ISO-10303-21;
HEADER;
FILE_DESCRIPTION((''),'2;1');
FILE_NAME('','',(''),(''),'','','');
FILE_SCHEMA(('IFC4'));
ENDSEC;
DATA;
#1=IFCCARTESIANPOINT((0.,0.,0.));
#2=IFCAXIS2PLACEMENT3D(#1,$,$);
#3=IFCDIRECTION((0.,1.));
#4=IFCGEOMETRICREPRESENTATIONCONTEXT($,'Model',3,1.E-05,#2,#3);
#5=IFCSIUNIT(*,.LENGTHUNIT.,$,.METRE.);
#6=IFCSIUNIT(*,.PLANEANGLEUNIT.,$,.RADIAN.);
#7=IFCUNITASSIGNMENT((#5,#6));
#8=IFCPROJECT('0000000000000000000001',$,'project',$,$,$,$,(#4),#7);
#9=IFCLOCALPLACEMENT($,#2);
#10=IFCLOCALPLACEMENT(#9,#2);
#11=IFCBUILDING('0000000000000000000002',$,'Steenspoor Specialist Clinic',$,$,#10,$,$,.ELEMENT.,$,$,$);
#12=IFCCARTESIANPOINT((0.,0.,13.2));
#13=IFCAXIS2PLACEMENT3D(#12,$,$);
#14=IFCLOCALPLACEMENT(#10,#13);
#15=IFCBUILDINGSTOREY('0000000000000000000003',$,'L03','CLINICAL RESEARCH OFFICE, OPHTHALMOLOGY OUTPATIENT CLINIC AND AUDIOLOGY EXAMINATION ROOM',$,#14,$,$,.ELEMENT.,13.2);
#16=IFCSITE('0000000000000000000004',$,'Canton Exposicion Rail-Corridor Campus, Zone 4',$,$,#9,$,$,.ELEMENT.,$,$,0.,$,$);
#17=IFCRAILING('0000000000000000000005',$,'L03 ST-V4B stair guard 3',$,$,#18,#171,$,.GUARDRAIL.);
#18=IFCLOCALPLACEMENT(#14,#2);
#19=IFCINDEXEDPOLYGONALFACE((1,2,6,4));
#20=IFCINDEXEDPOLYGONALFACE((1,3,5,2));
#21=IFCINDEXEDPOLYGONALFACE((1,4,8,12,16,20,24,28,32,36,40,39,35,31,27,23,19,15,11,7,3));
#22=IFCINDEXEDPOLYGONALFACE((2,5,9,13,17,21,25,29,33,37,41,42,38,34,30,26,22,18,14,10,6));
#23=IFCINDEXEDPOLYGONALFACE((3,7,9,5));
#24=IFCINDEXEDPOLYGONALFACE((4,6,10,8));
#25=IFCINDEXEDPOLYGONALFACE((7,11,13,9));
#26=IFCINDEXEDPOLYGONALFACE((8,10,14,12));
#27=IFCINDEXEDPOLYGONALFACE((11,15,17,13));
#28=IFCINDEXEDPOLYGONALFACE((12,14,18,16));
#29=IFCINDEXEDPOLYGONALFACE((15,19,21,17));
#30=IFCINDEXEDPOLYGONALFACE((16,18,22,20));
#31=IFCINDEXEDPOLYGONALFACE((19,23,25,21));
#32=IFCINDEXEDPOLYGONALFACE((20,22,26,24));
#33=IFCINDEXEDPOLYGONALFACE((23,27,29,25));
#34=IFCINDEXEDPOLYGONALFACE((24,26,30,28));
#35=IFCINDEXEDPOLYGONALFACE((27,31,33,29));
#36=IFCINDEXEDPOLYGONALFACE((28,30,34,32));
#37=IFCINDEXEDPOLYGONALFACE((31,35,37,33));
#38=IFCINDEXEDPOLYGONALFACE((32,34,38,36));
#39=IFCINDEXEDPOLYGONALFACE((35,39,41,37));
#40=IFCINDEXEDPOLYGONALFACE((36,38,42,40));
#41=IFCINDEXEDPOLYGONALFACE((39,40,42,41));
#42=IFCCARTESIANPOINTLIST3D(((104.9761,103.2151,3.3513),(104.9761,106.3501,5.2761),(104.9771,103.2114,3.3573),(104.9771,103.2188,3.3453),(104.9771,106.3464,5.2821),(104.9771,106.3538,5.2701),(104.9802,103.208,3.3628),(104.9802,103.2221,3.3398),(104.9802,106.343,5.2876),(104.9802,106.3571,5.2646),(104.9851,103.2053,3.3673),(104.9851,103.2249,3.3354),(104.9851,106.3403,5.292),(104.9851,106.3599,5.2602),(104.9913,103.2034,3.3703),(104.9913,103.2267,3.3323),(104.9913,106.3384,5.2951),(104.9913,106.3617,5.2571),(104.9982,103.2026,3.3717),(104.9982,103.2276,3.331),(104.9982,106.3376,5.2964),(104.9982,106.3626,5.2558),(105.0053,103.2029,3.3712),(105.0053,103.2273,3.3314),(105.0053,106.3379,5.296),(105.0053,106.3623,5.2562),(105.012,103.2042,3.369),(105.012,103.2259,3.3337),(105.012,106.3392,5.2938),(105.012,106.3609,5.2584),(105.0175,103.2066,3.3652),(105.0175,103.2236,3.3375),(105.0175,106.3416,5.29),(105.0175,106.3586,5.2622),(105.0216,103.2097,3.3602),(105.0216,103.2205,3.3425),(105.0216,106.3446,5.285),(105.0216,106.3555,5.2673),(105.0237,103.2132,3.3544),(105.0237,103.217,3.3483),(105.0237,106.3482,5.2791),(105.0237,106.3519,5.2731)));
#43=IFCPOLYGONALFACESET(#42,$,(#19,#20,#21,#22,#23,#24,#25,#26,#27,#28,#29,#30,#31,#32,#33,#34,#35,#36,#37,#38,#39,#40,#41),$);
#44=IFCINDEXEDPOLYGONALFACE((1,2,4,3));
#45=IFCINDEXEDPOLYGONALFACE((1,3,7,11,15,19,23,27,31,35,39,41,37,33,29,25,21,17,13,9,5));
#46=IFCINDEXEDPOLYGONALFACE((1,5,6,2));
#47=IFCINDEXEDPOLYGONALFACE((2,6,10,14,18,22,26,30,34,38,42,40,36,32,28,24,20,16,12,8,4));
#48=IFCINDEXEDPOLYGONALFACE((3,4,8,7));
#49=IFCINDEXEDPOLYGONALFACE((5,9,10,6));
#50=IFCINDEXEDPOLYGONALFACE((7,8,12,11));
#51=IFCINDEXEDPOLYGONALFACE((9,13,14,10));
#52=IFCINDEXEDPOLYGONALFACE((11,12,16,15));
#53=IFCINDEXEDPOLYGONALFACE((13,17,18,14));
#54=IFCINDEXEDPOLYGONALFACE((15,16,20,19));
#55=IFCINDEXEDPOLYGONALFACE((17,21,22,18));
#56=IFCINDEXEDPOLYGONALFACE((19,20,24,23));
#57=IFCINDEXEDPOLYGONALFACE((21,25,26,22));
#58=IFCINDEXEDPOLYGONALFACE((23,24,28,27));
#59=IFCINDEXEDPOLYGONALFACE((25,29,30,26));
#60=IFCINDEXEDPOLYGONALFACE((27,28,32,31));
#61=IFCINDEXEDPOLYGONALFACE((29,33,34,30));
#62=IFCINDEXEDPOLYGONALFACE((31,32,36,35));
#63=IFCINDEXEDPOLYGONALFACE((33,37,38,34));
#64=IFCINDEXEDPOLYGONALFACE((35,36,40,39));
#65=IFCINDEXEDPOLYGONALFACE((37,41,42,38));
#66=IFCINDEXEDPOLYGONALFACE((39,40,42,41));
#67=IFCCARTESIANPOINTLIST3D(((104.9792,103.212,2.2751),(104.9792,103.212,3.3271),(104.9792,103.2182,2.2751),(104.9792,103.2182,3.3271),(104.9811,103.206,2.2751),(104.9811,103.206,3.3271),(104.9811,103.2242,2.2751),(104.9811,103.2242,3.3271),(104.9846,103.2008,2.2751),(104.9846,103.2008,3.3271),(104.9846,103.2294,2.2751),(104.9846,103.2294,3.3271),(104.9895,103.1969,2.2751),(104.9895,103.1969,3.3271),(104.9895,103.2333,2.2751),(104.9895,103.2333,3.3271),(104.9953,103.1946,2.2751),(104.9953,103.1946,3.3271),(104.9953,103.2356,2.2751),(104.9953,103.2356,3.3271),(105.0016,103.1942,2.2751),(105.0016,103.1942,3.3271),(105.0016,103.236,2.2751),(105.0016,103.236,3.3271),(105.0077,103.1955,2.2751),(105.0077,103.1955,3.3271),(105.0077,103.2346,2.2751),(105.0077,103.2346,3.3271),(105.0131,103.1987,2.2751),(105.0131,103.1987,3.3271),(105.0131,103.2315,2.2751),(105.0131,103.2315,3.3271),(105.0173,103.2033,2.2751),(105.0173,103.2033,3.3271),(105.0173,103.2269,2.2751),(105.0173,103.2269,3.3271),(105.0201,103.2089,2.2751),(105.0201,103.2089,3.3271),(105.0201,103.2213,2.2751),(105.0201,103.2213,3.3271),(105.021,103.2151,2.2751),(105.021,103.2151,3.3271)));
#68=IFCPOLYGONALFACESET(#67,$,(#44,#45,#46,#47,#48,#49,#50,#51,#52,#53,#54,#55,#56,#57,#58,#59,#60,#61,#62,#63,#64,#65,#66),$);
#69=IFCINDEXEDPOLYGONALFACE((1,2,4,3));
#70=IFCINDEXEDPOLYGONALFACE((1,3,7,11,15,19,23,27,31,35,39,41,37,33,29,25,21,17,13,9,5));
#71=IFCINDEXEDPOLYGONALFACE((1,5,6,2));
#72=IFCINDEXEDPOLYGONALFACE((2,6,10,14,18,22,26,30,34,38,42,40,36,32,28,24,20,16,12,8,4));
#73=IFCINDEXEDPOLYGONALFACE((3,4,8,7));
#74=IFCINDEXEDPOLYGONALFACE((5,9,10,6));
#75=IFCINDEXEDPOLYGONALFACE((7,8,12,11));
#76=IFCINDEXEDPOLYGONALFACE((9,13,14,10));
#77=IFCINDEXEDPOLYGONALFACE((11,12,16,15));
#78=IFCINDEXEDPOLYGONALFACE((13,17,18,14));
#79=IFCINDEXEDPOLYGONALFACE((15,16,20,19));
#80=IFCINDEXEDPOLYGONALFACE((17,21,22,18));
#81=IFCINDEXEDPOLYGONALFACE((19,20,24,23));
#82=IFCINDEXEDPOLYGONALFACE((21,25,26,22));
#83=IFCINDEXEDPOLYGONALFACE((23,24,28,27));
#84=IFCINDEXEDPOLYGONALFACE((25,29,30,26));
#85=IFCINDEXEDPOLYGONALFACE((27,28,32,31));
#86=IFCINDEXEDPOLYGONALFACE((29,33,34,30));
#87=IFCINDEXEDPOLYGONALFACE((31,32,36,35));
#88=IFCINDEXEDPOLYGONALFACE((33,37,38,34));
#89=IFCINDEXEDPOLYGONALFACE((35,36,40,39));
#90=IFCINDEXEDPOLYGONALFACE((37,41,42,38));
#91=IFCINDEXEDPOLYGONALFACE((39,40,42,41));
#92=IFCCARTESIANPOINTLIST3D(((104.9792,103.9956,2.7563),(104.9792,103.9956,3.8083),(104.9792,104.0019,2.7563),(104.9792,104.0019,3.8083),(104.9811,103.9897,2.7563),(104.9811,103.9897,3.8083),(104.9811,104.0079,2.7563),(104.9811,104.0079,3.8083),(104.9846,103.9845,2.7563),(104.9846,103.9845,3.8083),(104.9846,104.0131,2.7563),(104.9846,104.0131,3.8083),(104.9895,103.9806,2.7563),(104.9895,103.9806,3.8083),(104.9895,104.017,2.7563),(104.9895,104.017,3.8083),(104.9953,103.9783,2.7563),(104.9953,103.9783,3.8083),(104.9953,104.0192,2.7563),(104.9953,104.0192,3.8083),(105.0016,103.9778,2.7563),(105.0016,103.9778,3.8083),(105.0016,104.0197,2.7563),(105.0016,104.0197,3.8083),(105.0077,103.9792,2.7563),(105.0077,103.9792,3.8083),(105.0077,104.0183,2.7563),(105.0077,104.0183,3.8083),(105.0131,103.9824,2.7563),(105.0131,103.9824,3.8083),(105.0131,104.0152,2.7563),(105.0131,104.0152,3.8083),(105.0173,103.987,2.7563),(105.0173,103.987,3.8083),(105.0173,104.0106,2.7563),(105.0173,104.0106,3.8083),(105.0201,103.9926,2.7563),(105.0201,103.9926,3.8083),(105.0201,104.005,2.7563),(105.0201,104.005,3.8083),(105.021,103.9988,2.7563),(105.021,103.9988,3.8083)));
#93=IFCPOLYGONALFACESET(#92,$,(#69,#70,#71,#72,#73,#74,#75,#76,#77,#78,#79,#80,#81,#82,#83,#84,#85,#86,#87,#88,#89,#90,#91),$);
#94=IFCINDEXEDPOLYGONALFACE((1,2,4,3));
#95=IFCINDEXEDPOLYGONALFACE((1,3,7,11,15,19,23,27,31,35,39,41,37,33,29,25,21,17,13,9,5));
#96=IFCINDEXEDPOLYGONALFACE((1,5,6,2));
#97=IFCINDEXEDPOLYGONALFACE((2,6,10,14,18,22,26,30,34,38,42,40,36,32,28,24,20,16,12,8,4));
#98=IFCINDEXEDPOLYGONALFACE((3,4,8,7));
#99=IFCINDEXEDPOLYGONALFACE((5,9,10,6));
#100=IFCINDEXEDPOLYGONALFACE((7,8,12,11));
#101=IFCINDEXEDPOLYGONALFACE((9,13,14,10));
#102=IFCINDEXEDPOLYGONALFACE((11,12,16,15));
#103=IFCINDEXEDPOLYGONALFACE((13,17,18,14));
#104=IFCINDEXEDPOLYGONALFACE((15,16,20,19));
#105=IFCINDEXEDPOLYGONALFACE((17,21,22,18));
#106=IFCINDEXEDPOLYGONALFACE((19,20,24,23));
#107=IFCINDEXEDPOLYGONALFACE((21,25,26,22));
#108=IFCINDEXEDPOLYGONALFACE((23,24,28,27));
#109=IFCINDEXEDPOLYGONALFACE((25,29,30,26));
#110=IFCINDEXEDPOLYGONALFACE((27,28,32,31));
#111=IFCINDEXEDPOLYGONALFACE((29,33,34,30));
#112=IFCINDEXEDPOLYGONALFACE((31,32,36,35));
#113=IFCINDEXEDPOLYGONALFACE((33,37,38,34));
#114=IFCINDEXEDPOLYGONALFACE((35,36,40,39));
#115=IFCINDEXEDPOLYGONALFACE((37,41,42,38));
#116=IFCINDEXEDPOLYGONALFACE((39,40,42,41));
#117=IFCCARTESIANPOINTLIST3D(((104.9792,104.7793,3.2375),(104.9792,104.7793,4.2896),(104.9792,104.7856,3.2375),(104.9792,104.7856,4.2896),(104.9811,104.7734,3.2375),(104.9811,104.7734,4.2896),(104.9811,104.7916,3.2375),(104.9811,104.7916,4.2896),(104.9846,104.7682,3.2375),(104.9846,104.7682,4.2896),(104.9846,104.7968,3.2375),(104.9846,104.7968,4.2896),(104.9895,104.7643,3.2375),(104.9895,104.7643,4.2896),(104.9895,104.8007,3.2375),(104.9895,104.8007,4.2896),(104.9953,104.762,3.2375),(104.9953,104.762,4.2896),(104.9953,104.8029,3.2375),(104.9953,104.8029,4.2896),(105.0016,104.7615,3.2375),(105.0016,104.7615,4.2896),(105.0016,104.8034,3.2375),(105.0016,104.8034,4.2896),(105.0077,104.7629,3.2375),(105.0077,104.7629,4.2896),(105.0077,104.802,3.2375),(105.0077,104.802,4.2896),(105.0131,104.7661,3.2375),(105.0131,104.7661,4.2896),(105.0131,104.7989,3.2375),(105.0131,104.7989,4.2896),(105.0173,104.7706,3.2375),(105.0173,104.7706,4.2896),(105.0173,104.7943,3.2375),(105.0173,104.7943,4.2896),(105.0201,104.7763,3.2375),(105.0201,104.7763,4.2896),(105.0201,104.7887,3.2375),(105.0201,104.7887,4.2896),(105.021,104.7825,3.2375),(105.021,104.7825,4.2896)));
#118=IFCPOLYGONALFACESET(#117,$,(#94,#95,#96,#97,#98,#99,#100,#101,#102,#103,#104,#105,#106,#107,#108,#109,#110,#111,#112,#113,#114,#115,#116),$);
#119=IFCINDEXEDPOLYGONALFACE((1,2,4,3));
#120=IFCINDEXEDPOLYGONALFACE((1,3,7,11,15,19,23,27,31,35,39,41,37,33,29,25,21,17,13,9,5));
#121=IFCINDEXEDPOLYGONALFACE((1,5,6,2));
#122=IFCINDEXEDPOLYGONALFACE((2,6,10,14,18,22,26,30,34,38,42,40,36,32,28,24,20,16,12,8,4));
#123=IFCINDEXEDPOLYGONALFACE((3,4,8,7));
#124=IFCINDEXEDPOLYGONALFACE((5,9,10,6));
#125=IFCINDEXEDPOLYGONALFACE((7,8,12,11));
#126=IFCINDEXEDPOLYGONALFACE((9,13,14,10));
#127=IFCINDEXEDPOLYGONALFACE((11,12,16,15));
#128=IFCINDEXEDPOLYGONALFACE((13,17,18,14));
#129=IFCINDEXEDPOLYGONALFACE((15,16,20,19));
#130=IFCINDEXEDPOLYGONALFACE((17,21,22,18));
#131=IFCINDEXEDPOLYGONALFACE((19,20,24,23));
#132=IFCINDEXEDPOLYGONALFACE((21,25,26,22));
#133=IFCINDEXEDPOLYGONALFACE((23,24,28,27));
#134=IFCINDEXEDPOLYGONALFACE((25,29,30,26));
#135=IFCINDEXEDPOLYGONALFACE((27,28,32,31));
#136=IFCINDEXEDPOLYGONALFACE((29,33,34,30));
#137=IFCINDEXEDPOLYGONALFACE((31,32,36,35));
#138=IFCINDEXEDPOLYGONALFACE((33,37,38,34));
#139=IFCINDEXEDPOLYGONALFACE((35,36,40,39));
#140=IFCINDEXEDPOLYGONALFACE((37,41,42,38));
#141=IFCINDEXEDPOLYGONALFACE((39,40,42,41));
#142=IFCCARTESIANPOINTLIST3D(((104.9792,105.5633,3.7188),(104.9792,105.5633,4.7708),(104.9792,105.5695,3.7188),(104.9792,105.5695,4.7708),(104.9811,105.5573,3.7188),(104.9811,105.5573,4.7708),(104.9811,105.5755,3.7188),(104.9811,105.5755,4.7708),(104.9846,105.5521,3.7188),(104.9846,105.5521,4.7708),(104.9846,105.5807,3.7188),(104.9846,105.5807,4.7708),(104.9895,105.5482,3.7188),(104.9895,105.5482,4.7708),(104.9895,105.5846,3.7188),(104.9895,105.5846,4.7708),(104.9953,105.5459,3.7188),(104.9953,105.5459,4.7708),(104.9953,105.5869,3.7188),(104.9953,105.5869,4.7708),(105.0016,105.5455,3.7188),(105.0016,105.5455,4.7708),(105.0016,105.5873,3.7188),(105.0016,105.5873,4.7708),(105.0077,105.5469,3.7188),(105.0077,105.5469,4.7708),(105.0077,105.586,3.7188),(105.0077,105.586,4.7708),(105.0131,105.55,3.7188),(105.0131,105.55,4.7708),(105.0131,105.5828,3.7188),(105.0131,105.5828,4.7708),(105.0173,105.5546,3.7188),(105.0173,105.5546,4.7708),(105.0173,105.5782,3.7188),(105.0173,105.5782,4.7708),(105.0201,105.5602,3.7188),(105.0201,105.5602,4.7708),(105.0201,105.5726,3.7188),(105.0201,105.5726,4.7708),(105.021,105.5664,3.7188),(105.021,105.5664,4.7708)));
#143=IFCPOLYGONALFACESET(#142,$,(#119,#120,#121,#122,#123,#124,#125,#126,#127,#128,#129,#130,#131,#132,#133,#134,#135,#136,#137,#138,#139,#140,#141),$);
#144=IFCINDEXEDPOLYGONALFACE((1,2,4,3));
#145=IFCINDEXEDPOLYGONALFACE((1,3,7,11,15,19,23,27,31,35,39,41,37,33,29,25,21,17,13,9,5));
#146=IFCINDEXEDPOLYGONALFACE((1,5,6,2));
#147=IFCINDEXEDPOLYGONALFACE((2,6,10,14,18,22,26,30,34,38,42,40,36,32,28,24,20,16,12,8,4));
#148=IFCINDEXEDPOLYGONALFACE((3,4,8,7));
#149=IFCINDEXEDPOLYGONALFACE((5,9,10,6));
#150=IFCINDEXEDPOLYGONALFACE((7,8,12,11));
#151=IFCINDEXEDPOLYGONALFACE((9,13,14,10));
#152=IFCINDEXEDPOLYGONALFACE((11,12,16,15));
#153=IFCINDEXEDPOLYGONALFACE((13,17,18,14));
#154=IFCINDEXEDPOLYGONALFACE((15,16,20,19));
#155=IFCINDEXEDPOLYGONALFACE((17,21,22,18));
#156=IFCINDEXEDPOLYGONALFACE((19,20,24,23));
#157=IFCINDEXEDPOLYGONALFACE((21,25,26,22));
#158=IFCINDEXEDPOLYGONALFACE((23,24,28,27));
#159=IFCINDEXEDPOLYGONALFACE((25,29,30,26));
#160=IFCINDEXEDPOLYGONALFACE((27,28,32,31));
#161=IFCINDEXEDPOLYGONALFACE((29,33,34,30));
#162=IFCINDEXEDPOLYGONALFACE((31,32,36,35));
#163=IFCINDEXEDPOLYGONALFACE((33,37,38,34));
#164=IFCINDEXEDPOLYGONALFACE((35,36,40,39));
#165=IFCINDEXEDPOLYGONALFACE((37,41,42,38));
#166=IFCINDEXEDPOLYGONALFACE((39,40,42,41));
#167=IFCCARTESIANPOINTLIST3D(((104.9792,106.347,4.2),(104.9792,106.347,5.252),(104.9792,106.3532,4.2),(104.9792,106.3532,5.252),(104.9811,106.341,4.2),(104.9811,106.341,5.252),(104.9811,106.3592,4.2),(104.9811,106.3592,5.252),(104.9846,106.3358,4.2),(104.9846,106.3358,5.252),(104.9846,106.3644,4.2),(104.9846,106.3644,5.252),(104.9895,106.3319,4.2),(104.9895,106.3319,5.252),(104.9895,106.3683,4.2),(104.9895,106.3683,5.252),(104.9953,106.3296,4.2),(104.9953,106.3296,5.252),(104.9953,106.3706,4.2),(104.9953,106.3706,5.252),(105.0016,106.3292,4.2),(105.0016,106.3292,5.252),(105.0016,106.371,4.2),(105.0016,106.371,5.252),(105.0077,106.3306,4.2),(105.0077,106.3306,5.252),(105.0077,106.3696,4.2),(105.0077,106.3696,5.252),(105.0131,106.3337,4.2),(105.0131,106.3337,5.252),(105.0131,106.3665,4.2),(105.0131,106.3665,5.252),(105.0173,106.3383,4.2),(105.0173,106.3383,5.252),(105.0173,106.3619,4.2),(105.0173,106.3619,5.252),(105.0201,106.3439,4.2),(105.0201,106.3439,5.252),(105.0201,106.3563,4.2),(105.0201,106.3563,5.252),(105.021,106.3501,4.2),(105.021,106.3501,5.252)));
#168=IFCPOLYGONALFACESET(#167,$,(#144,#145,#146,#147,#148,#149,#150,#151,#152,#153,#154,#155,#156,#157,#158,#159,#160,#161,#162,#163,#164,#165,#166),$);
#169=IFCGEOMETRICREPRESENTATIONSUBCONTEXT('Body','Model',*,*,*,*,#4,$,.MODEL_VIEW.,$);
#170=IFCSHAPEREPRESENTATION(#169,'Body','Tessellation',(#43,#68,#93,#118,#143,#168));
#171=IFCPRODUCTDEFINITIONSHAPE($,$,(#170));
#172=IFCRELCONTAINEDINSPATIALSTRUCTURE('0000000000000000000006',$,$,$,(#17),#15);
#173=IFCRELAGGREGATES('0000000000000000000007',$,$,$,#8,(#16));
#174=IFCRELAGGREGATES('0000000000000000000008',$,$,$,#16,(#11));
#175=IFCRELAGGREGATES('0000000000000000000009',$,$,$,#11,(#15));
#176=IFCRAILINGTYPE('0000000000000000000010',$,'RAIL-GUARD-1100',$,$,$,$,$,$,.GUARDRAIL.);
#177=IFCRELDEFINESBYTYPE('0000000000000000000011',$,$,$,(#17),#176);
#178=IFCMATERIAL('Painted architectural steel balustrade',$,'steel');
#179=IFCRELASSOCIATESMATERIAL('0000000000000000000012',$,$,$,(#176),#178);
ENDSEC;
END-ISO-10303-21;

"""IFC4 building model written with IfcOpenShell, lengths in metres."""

from ifc_helpers import new_model, si_unit, direction, frame, origin, origin_2d, place, context, subcontext, project, spatial, circle, extrude, material, type_object, element, save


model = new_model("IFC4")

# Units and contexts
model_context = context("Model", 3, precision=1e-05, world=origin(), true_north=direction((0.0, 1.0)))
body_context = subcontext(model_context, "Body", "Model", "MODEL_VIEW")
ifc_project = project(units=[si_unit("LENGTHUNIT", "METRE"), si_unit("PLANEANGLEUNIT", "RADIAN")], contexts=[model_context])

# Site, building, storey
site_placement = place(None, origin())
site = spatial("IfcSite", under=ifc_project, at=site_placement, Name="Canton Exposicion Rail-Corridor Campus, Zone 4", CompositionType="ELEMENT", RefElevation=0.0)
building_placement = place(site_placement, origin())
building = spatial("IfcBuilding", under=site, at=building_placement, Name="Steenspoor Specialist Clinic", CompositionType="ELEMENT")
storey_placement = place(building_placement, frame((0.0, 0.0, 13.2)))
storey = spatial("IfcBuildingStorey", under=building, at=storey_placement, Name="L03", Description="CLINICAL RESEARCH OFFICE, OPHTHALMOLOGY OUTPATIENT CLINIC AND AUDIOLOGY EXAMINATION ROOM", CompositionType="ELEMENT", Elevation=13.2)

# Railing
ifc_material_1 = material(Name="Painted architectural steel balustrade", Category="steel")
railing_type_1 = type_object("IfcRailingType", Name="RAIL-GUARD-1100", PredefinedType="GUARDRAIL", material=ifc_material_1)
railing_1_placement = place(storey_placement, frame((105.0, 103.2151, 2.2751)))
element("IfcRailing", 1, at=railing_1_placement, inside=storey, type_object=railing_type_1, Name="L03 ST-V4B stair guard 3", PredefinedType="GUARDRAIL", context=body_context, shape_type="SweptSolid", body=[
    extrude(circle(Radius=0.0239, at=origin_2d()), frame((0.0, 0.0, 1.0762), z_axis=(0.0, 0.852196, 0.523223), x_axis=(-1.0, 0.0, 0.0)), (0.0, 0.0, 1.0), 3.6787),
    extrude(circle(Radius=0.021, at=origin_2d()), origin(), (0.0, 0.0, 1.0), 1.052),
    extrude(circle(Radius=0.021, at=origin_2d()), frame((0.0, 0.7837, 0.4812)), (0.0, 0.0, 1.0), 1.052),
    extrude(circle(Radius=0.021, at=origin_2d()), frame((0.0, 1.5674, 0.9624)), (0.0, 0.0, 1.0), 1.052),
    extrude(circle(Radius=0.021, at=origin_2d()), frame((0.0, 2.3513, 1.4436)), (0.0, 0.0, 1.0), 1.052),
    extrude(circle(Radius=0.021, at=origin_2d()), frame((0.0, 3.135, 1.9248)), (0.0, 0.0, 1.0), 1.052),
])

save(model, "model.ifc")
